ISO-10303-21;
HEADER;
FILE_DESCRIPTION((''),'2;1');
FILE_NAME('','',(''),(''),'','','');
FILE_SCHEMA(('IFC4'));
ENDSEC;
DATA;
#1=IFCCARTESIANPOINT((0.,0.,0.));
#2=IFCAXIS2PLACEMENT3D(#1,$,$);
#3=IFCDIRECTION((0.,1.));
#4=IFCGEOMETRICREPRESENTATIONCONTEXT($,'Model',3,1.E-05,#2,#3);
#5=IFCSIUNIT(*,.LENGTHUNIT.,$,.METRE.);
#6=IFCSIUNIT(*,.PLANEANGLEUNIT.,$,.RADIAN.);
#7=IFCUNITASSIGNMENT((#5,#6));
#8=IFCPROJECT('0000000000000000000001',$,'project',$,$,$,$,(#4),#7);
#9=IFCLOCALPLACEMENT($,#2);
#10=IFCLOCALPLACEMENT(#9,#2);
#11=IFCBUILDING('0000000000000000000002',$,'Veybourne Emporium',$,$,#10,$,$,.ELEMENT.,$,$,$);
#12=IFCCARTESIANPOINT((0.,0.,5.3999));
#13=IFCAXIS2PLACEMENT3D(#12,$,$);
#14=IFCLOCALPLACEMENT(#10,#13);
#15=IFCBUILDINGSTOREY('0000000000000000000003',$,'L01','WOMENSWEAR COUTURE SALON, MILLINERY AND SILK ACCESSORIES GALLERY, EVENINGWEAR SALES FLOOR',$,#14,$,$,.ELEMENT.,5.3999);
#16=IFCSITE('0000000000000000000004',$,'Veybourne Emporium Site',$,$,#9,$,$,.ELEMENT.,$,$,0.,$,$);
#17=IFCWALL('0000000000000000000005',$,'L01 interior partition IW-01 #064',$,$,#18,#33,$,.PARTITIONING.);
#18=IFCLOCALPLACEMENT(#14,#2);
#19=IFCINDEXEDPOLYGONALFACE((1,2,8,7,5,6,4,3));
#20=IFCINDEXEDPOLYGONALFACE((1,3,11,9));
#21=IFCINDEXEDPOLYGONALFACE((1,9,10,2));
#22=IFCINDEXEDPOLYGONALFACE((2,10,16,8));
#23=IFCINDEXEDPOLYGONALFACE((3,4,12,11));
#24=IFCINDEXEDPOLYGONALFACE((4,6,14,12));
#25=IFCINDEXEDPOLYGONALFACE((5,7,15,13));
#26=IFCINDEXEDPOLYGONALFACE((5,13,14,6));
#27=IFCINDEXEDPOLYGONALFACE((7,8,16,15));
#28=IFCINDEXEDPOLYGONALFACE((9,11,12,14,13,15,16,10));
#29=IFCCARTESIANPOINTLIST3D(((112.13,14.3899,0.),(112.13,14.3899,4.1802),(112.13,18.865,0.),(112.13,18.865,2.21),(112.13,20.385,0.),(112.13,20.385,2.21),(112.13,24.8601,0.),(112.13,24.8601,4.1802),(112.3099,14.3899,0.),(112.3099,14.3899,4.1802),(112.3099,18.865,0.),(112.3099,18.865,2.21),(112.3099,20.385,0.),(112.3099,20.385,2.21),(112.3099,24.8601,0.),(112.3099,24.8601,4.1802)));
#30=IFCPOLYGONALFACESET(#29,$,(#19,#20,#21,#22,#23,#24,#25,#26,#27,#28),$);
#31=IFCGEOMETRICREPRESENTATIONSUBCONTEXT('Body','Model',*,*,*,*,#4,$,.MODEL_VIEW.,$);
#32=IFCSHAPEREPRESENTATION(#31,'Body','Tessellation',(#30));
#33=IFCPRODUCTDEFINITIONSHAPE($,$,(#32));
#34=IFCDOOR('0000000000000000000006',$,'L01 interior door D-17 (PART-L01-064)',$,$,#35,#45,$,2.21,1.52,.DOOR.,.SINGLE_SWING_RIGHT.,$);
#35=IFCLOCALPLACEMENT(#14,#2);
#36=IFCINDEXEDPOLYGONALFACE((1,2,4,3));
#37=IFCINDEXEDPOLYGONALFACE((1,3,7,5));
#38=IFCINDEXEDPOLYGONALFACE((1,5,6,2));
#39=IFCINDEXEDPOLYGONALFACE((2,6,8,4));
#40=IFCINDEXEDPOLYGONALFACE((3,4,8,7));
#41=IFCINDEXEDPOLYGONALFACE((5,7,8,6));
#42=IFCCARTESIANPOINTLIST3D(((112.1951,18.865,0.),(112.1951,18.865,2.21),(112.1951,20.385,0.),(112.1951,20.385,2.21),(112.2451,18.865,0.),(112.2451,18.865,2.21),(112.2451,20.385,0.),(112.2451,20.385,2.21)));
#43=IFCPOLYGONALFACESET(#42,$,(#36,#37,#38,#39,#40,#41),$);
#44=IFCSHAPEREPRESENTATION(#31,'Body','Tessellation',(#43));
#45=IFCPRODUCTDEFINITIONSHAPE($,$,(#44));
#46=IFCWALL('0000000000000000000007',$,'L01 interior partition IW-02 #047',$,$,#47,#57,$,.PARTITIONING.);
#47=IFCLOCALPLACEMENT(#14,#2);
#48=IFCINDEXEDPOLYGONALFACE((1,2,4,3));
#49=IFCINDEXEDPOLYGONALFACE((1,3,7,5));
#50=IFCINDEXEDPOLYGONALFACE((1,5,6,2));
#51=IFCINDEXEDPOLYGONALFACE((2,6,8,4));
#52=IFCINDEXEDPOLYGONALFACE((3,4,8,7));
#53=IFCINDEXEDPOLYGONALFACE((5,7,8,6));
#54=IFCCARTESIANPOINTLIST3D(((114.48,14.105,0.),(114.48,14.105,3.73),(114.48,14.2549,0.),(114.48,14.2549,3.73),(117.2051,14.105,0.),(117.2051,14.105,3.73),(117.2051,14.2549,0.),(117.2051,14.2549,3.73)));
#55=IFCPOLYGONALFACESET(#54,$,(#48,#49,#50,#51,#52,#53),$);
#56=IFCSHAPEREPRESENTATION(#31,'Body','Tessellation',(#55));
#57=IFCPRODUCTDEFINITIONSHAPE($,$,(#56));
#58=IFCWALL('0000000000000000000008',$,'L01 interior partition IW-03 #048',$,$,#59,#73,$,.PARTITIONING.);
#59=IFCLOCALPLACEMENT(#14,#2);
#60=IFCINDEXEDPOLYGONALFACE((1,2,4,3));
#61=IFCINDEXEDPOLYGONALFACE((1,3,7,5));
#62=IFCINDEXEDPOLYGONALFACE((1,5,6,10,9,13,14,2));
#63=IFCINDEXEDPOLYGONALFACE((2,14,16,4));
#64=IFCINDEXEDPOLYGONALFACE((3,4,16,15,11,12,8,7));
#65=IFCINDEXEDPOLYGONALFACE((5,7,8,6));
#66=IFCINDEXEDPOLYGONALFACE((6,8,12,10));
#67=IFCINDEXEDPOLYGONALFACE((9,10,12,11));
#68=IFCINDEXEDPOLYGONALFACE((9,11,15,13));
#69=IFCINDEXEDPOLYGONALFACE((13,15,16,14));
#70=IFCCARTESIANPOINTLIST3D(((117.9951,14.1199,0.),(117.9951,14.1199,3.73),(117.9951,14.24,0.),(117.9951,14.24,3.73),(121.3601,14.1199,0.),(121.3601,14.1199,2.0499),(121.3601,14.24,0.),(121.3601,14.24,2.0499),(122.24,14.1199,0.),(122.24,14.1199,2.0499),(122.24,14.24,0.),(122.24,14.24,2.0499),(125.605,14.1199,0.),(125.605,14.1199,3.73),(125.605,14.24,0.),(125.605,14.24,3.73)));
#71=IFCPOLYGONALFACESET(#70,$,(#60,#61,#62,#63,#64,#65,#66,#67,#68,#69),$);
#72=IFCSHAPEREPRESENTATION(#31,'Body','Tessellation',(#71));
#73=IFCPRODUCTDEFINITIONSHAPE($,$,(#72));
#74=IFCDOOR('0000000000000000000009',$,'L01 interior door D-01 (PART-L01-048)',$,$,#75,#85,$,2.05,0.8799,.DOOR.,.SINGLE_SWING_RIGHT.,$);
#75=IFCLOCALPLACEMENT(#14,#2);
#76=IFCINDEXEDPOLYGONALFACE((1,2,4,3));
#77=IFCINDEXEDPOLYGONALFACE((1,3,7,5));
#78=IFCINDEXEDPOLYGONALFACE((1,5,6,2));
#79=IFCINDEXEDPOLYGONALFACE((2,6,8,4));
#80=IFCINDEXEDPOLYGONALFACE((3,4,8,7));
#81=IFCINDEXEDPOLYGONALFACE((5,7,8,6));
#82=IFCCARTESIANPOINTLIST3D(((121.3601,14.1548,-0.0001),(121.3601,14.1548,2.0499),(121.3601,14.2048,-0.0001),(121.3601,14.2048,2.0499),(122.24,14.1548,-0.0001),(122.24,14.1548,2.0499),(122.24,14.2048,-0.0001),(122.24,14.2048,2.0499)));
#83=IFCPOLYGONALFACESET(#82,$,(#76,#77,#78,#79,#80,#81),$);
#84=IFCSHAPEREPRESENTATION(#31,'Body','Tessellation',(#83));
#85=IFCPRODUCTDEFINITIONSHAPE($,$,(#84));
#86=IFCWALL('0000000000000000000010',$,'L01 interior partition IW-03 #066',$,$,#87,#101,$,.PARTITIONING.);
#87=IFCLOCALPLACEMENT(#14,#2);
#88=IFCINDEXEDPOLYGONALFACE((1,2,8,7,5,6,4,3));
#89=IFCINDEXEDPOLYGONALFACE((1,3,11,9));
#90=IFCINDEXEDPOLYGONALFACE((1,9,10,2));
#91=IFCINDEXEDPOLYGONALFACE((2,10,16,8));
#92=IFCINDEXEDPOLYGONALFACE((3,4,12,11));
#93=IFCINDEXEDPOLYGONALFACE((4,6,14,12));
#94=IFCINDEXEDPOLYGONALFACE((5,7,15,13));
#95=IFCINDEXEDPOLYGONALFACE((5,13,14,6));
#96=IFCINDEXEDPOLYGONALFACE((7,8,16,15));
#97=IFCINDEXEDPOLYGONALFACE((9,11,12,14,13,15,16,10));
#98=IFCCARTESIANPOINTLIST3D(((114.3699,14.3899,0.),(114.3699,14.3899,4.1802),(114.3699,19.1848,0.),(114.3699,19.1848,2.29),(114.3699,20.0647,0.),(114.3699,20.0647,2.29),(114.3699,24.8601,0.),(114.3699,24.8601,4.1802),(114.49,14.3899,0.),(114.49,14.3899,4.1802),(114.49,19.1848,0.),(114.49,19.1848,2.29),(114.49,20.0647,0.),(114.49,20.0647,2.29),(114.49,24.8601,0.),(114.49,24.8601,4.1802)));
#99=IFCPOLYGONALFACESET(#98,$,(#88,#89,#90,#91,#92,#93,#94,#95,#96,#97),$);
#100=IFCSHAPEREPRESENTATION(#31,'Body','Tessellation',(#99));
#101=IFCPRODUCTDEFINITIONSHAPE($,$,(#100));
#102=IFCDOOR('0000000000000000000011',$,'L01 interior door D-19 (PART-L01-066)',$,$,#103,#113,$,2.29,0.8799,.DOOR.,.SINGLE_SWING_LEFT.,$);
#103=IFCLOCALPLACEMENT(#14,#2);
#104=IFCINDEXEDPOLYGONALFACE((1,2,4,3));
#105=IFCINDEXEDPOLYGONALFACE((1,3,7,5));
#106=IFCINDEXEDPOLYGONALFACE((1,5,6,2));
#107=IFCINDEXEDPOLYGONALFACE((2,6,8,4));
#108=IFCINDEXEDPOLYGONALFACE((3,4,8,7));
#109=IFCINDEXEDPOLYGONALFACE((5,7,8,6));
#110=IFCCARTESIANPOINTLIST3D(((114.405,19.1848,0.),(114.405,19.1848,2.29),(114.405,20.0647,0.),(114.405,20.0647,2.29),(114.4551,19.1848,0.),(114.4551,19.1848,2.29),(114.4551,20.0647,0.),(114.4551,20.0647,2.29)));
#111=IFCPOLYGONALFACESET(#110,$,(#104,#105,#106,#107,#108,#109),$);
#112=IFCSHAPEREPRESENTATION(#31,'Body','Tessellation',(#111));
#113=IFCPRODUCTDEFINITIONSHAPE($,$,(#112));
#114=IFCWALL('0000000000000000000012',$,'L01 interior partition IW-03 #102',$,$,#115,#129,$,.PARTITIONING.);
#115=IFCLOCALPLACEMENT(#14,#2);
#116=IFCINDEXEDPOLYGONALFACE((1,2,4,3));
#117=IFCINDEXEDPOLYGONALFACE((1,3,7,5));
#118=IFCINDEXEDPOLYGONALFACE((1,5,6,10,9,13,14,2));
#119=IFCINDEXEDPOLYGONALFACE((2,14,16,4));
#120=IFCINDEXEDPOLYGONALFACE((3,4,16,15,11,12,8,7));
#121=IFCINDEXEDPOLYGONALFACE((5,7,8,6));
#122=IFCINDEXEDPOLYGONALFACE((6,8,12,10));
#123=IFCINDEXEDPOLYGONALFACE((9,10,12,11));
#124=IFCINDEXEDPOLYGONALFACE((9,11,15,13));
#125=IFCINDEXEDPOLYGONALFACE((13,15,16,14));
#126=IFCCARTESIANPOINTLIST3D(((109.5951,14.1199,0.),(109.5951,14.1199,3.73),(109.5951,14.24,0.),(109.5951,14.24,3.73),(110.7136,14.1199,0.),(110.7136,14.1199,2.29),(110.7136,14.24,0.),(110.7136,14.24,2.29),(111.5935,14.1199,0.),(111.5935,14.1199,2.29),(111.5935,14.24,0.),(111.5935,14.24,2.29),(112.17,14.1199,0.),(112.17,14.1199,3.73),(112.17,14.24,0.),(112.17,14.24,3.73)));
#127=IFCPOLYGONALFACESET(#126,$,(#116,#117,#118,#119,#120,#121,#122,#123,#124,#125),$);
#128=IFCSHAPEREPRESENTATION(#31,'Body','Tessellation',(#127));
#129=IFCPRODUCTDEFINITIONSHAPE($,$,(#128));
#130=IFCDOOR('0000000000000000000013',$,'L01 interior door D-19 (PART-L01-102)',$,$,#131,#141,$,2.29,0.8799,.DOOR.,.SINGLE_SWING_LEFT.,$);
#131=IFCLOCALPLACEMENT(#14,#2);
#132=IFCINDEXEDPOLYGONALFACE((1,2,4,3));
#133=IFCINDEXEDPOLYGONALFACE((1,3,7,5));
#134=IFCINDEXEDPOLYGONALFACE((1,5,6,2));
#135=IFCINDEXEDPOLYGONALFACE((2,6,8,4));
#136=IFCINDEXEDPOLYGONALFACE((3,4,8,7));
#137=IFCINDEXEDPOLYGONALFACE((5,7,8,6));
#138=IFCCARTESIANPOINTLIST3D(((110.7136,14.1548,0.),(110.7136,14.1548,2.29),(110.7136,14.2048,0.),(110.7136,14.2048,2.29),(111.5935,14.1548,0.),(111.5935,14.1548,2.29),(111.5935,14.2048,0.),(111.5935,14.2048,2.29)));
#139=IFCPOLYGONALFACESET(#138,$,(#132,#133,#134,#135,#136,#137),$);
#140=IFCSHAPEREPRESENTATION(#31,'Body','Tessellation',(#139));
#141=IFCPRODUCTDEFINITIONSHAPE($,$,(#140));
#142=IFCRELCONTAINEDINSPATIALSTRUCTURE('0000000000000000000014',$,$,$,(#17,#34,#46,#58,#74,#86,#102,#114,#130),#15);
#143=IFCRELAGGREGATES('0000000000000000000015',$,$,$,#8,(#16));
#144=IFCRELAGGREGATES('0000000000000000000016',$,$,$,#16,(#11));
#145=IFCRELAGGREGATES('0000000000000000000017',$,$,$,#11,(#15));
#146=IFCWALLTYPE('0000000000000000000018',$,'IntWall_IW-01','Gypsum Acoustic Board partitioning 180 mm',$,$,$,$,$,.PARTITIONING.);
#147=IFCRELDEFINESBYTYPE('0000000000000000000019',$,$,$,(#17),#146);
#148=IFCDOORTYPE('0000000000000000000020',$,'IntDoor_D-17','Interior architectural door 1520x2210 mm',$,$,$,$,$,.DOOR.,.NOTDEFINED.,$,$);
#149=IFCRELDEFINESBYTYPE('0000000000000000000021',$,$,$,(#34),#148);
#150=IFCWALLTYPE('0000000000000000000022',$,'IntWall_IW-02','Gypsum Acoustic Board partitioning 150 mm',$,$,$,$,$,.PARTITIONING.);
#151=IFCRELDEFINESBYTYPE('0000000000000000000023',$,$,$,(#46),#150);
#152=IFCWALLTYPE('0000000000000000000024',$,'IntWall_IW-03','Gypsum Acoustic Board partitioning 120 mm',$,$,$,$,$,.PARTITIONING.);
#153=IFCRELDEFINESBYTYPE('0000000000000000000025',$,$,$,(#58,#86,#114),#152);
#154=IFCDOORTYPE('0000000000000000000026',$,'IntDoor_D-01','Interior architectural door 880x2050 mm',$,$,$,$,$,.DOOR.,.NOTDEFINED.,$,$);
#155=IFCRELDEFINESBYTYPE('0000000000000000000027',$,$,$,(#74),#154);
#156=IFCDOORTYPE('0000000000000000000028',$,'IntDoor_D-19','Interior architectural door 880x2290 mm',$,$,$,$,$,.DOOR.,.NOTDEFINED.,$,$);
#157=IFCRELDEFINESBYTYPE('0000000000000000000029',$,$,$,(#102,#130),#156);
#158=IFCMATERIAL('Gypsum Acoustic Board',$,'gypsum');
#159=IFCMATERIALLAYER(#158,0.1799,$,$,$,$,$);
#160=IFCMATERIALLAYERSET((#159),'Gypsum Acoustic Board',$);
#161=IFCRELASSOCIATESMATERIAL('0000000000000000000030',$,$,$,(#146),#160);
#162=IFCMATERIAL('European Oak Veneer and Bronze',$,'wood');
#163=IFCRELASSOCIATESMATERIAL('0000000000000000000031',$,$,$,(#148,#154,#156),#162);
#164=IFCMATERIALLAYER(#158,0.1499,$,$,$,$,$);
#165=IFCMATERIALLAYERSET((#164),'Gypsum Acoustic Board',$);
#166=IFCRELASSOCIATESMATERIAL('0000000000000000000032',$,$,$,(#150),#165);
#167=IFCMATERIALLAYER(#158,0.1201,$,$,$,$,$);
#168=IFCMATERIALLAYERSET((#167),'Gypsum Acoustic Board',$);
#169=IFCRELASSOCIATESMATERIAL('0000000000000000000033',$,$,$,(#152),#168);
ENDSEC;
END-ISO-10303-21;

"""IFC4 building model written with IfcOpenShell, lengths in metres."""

from ifc_helpers import new_model, si_unit, direction, frame, frame_2d, origin, place, context, subcontext, project, spatial, rectangle, extrude, material, layer, layer_set, type_object, element, fill, save


model = new_model("IFC4")

# Units and contexts
model_context = context("Model", 3, precision=1e-05, world=origin(), true_north=direction((0.0, 1.0)))
body_context = subcontext(model_context, "Body", "Model", "MODEL_VIEW")
ifc_project = project(units=[si_unit("LENGTHUNIT", "METRE"), si_unit("PLANEANGLEUNIT", "RADIAN")], contexts=[model_context])

# Site, building, storey
site_placement = place(None, origin())
site = spatial("IfcSite", under=ifc_project, at=site_placement, Name="Veybourne Emporium Site", CompositionType="ELEMENT", RefElevation=0.0)
building_placement = place(site_placement, origin())
building = spatial("IfcBuilding", under=site, at=building_placement, Name="Veybourne Emporium", CompositionType="ELEMENT")
storey_placement = place(building_placement, frame((0.0, 0.0, 5.3999)))
storey = spatial("IfcBuildingStorey", under=building, at=storey_placement, Name="L01", Description="WOMENSWEAR COUTURE SALON, MILLINERY AND SILK ACCESSORIES GALLERY, EVENINGWEAR SALES FLOOR", CompositionType="ELEMENT", Elevation=5.3999)

# Wall, opening, door
ifc_material_1 = material(Name="Gypsum Acoustic Board", Category="gypsum")
ifc_layer_1 = layer(ifc_material_1, 0.1799)
ifc_layer_set_1 = layer_set([ifc_layer_1], Name="Gypsum Acoustic Board")
wall_type_1 = type_object("IfcWallType", Name="IntWall_IW-01", Description="Gypsum Acoustic Board partitioning 180 mm", PredefinedType="PARTITIONING", material=ifc_layer_set_1)
wall_1_placement = place(storey_placement, frame((112.22, 14.3899, 0.0), z_axis=(0.0, 0.0, 1.0), x_axis=(0.0, 1.0, 0.0)))
wall_1 = element("IfcWall", 1, at=wall_1_placement, inside=storey, type_object=wall_type_1, Name="L01 interior partition IW-01 #064", PredefinedType="PARTITIONING", context=body_context, shape_type="SweptSolid", body=[
    extrude(rectangle(XDim=10.4702, YDim=0.1799, at=frame_2d((5.2351, 0.0))), origin(), (0.0, 0.0, 1.0), 4.1802),
])
opening_1_placement = place(wall_1_placement, frame((4.4751, 0.0, 0.0)))
opening_1 = element("IfcOpeningElement", 2, at=opening_1_placement, cuts=wall_1, PredefinedType="OPENING", context=body_context, shape_type="SweptSolid", body=[
    extrude(rectangle(XDim=1.52, YDim=2.21, at=frame_2d((0.76, 1.105))), frame((0.0, 0.1099, 0.0), z_axis=(0.0, -1.0, 0.0), x_axis=(1.0, 0.0, 0.0)), (0.0, 0.0, 1.0), 0.22),
])
ifc_material_2 = material(Name="European Oak Veneer and Bronze", Category="wood")
door_type_1 = type_object("IfcDoorType", Name="IntDoor_D-17", Description="Interior architectural door 1520x2210 mm", OperationType="NOTDEFINED", PredefinedType="DOOR", material=ifc_material_2)
door_1_placement = place(opening_1_placement, origin())
door_1 = element("IfcDoor", 3, at=door_1_placement, inside=storey, type_object=door_type_1, Name="L01 interior door D-17 (PART-L01-064)", OperationType="SINGLE_SWING_RIGHT", OverallHeight=2.21, OverallWidth=1.52, PredefinedType="DOOR", context=body_context, shape_type="SweptSolid", body=[
    extrude(rectangle(XDim=1.52, YDim=2.21, at=frame_2d((0.76, 1.105))), frame((0.0, 0.0249, 0.0), z_axis=(0.0, -1.0, 0.0), x_axis=(1.0, 0.0, 0.0)), (0.0, 0.0, 1.0), 0.05),
])
fill(opening_1, door_1)

# Wall
ifc_layer_2 = layer(ifc_material_1, 0.1499)
ifc_layer_set_2 = layer_set([ifc_layer_2], Name="Gypsum Acoustic Board")
wall_type_2 = type_object("IfcWallType", Name="IntWall_IW-02", Description="Gypsum Acoustic Board partitioning 150 mm", PredefinedType="PARTITIONING", material=ifc_layer_set_2)
wall_2_placement = place(storey_placement, frame((114.48, 14.1799, 0.0), z_axis=(0.0, 0.0, 1.0), x_axis=(1.0, 0.0, 0.0)))
element("IfcWall", 4, at=wall_2_placement, inside=storey, type_object=wall_type_2, Name="L01 interior partition IW-02 #047", PredefinedType="PARTITIONING", context=body_context, shape_type="SweptSolid", body=[
    extrude(rectangle(XDim=2.7251, YDim=0.1499, at=frame_2d((1.3625, 0.0))), origin(), (0.0, 0.0, 1.0), 3.73),
])

# Walls, openings, doors
ifc_layer_3 = layer(ifc_material_1, 0.1201)
ifc_layer_set_3 = layer_set([ifc_layer_3], Name="Gypsum Acoustic Board")
wall_type_3 = type_object("IfcWallType", Name="IntWall_IW-03", Description="Gypsum Acoustic Board partitioning 120 mm", PredefinedType="PARTITIONING", material=ifc_layer_set_3)
wall_3_placement = place(storey_placement, frame((117.9951, 14.1799, 0.0), z_axis=(0.0, 0.0, 1.0), x_axis=(1.0, 0.0, 0.0)))
wall_3 = element("IfcWall", 5, at=wall_3_placement, inside=storey, type_object=wall_type_3, Name="L01 interior partition IW-03 #048", PredefinedType="PARTITIONING", context=body_context, shape_type="SweptSolid", body=[
    extrude(rectangle(XDim=7.6099, YDim=0.1201, at=frame_2d((3.8049, 0.0))), origin(), (0.0, 0.0, 1.0), 3.73),
])
opening_2_placement = place(wall_3_placement, frame((3.365, 0.0, 0.0)))
opening_2 = element("IfcOpeningElement", 6, at=opening_2_placement, cuts=wall_3, PredefinedType="OPENING", context=body_context, shape_type="SweptSolid", body=[
    extrude(rectangle(XDim=0.8799, YDim=2.05, at=frame_2d((0.4399, 1.0249))), frame((0.0, 0.0801, 0.0), z_axis=(0.0, -1.0, 0.0), x_axis=(1.0, 0.0, 0.0)), (0.0, 0.0, 1.0), 0.1602),
])
door_type_2 = type_object("IfcDoorType", Name="IntDoor_D-01", Description="Interior architectural door 880x2050 mm", OperationType="NOTDEFINED", PredefinedType="DOOR", material=ifc_material_2)
door_2_placement = place(opening_2_placement, origin())
door_2 = element("IfcDoor", 7, at=door_2_placement, inside=storey, type_object=door_type_2, Name="L01 interior door D-01 (PART-L01-048)", OperationType="SINGLE_SWING_RIGHT", OverallHeight=2.05, OverallWidth=0.8799, PredefinedType="DOOR", context=body_context, shape_type="SweptSolid", body=[
    extrude(rectangle(XDim=0.8799, YDim=2.05, at=frame_2d((0.4399, 1.0249))), frame((0.0, 0.0249, 0.0), z_axis=(0.0, -1.0, 0.0), x_axis=(1.0, 0.0, 0.0)), (0.0, 0.0, 1.0), 0.05),
])
fill(opening_2, door_2)
wall_4_placement = place(storey_placement, frame((114.4299, 14.3899, 0.0), z_axis=(0.0, 0.0, 1.0), x_axis=(0.0, 1.0, 0.0)))
wall_4 = element("IfcWall", 8, at=wall_4_placement, inside=storey, type_object=wall_type_3, Name="L01 interior partition IW-03 #066", PredefinedType="PARTITIONING", context=body_context, shape_type="SweptSolid", body=[
    extrude(rectangle(XDim=10.4702, YDim=0.1201, at=frame_2d((5.2351, 0.0))), origin(), (0.0, 0.0, 1.0), 4.1802),
])
opening_3_placement = place(wall_4_placement, frame((4.7949, 0.0, 0.0)))
opening_3 = element("IfcOpeningElement", 9, at=opening_3_placement, cuts=wall_4, PredefinedType="OPENING", context=body_context, shape_type="SweptSolid", body=[
    extrude(rectangle(XDim=0.8799, YDim=2.29, at=frame_2d((0.4399, 1.145))), frame((0.0, 0.0801, 0.0), z_axis=(0.0, -1.0, 0.0), x_axis=(1.0, 0.0, 0.0)), (0.0, 0.0, 1.0), 0.1602),
])
door_type_3 = type_object("IfcDoorType", Name="IntDoor_D-19", Description="Interior architectural door 880x2290 mm", OperationType="NOTDEFINED", PredefinedType="DOOR", material=ifc_material_2)
door_3_placement = place(opening_3_placement, origin())
door_3 = element("IfcDoor", 10, at=door_3_placement, inside=storey, type_object=door_type_3, Name="L01 interior door D-19 (PART-L01-066)", OperationType="SINGLE_SWING_LEFT", OverallHeight=2.29, OverallWidth=0.8799, PredefinedType="DOOR", context=body_context, shape_type="SweptSolid", body=[
    extrude(rectangle(XDim=0.8799, YDim=2.29, at=frame_2d((0.4399, 1.145))), frame((0.0, 0.0249, 0.0), z_axis=(0.0, -1.0, 0.0), x_axis=(1.0, 0.0, 0.0)), (0.0, 0.0, 1.0), 0.05),
])
fill(opening_3, door_3)
wall_5_placement = place(storey_placement, frame((109.595, 14.1799, 0.0), z_axis=(0.0, 0.0, 1.0), x_axis=(1.0, 0.0, 0.0)))
wall_5 = element("IfcWall", 11, at=wall_5_placement, inside=storey, type_object=wall_type_3, Name="L01 interior partition IW-03 #102", PredefinedType="PARTITIONING", context=body_context, shape_type="SweptSolid", body=[
    extrude(rectangle(XDim=2.575, YDim=0.1201, at=frame_2d((1.2876, 0.0))), origin(), (0.0, 0.0, 1.0), 3.73),
])
opening_4_placement = place(wall_5_placement, frame((1.1187, 0.0, 0.0)))
opening_4 = element("IfcOpeningElement", 12, at=opening_4_placement, cuts=wall_5, PredefinedType="OPENING", context=body_context, shape_type="SweptSolid", body=[
    extrude(rectangle(XDim=0.8799, YDim=2.29, at=frame_2d((0.4399, 1.145))), frame((0.0, 0.0801, 0.0), z_axis=(0.0, -1.0, 0.0), x_axis=(1.0, 0.0, 0.0)), (0.0, 0.0, 1.0), 0.1602),
])
door_4_placement = place(opening_4_placement, origin())
door_4 = element("IfcDoor", 13, at=door_4_placement, inside=storey, type_object=door_type_3, Name="L01 interior door D-19 (PART-L01-102)", OperationType="SINGLE_SWING_LEFT", OverallHeight=2.29, OverallWidth=0.8799, PredefinedType="DOOR", context=body_context, shape_type="SweptSolid", body=[
    extrude(rectangle(XDim=0.8799, YDim=2.29, at=frame_2d((0.4399, 1.145))), frame((0.0, 0.0249, 0.0), z_axis=(0.0, -1.0, 0.0), x_axis=(1.0, 0.0, 0.0)), (0.0, 0.0, 1.0), 0.05),
])
fill(opening_4, door_4)

save(model, "model.ifc")
